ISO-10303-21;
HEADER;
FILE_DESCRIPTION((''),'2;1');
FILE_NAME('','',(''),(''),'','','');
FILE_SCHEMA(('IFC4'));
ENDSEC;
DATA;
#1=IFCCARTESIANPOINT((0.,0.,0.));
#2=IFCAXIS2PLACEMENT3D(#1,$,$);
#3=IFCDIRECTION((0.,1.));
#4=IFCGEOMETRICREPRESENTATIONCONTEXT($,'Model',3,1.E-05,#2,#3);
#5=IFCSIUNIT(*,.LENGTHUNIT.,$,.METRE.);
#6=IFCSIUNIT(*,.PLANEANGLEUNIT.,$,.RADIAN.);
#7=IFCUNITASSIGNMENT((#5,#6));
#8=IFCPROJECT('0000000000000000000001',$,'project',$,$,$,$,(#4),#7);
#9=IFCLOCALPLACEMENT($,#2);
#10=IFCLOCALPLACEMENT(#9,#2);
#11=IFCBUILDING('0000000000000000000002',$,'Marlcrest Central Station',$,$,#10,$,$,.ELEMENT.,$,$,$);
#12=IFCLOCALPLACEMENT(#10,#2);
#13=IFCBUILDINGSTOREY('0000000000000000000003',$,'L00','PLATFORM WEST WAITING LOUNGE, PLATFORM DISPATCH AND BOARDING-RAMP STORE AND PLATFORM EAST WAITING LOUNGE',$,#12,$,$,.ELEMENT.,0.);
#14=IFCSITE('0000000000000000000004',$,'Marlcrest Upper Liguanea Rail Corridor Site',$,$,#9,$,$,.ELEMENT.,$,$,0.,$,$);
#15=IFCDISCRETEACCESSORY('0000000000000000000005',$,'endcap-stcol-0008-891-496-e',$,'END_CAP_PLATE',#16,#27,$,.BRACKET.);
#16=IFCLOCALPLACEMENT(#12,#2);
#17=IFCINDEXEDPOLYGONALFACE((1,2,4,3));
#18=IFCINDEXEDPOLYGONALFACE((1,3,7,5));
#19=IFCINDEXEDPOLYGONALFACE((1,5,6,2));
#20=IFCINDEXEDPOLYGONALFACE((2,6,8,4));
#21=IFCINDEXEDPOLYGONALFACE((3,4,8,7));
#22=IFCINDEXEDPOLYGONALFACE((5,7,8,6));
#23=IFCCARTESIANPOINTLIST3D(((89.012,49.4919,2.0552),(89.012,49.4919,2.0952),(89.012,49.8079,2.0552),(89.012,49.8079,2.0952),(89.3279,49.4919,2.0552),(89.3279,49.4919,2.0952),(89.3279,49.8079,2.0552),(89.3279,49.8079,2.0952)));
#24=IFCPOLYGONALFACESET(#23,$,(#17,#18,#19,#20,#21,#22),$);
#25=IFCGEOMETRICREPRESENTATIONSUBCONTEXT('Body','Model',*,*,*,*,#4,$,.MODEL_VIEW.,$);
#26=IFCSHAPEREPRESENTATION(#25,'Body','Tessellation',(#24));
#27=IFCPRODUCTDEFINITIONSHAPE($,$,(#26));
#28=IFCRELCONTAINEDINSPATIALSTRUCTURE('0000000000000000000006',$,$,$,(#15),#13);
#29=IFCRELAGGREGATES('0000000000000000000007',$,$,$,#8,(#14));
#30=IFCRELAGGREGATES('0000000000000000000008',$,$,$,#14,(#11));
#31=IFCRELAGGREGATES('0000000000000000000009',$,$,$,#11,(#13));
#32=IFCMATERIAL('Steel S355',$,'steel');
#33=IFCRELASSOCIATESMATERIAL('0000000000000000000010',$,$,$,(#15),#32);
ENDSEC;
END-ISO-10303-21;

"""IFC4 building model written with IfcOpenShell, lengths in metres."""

from ifc_helpers import new_model, si_unit, direction, frame, origin, origin_2d, place, context, subcontext, project, spatial, rectangle, extrude, material, element, save


model = new_model("IFC4")

# Units and contexts
model_context = context("Model", 3, precision=1e-05, world=origin(), true_north=direction((0.0, 1.0)))
body_context = subcontext(model_context, "Body", "Model", "MODEL_VIEW")
ifc_project = project(units=[si_unit("LENGTHUNIT", "METRE"), si_unit("PLANEANGLEUNIT", "RADIAN")], contexts=[model_context])

# Site, building, storey
site_placement = place(None, origin())
site = spatial("IfcSite", under=ifc_project, at=site_placement, Name="Marlcrest Upper Liguanea Rail Corridor Site", CompositionType="ELEMENT", RefElevation=0.0)
building_placement = place(site_placement, origin())
building = spatial("IfcBuilding", under=site, at=building_placement, Name="Marlcrest Central Station", CompositionType="ELEMENT")
storey_placement = place(building_placement, origin())
storey = spatial("IfcBuildingStorey", under=building, at=storey_placement, Name="L00", Description="PLATFORM WEST WAITING LOUNGE, PLATFORM DISPATCH AND BOARDING-RAMP STORE AND PLATFORM EAST WAITING LOUNGE", CompositionType="ELEMENT", Elevation=0.0)

# Shared definitions
ifc_material_1 = material(Name="Steel S355", Category="steel")

# Discrete accessory
for number, where, z_axis, x_axis, name in (
    (1, (89.1699, 49.6499, 2.0552), (0.0, 0.0, 1.0), (1.0, 0.0, 0.0), "endcap-stcol-0008-891-496-e"),
):
    element("IfcDiscreteAccessory", number, at=place(storey_placement, frame(where, z_axis=z_axis, x_axis=x_axis)), inside=storey, material=ifc_material_1, Name=name, ObjectType="END_CAP_PLATE", PredefinedType="BRACKET", context=body_context, shape_type="SweptSolid", body=[
        extrude(rectangle(XDim=0.3159, YDim=0.3159, at=origin_2d()), origin(), (0.0, 0.0, 1.0), 0.04),
    ])

save(model, "model.ifc")
